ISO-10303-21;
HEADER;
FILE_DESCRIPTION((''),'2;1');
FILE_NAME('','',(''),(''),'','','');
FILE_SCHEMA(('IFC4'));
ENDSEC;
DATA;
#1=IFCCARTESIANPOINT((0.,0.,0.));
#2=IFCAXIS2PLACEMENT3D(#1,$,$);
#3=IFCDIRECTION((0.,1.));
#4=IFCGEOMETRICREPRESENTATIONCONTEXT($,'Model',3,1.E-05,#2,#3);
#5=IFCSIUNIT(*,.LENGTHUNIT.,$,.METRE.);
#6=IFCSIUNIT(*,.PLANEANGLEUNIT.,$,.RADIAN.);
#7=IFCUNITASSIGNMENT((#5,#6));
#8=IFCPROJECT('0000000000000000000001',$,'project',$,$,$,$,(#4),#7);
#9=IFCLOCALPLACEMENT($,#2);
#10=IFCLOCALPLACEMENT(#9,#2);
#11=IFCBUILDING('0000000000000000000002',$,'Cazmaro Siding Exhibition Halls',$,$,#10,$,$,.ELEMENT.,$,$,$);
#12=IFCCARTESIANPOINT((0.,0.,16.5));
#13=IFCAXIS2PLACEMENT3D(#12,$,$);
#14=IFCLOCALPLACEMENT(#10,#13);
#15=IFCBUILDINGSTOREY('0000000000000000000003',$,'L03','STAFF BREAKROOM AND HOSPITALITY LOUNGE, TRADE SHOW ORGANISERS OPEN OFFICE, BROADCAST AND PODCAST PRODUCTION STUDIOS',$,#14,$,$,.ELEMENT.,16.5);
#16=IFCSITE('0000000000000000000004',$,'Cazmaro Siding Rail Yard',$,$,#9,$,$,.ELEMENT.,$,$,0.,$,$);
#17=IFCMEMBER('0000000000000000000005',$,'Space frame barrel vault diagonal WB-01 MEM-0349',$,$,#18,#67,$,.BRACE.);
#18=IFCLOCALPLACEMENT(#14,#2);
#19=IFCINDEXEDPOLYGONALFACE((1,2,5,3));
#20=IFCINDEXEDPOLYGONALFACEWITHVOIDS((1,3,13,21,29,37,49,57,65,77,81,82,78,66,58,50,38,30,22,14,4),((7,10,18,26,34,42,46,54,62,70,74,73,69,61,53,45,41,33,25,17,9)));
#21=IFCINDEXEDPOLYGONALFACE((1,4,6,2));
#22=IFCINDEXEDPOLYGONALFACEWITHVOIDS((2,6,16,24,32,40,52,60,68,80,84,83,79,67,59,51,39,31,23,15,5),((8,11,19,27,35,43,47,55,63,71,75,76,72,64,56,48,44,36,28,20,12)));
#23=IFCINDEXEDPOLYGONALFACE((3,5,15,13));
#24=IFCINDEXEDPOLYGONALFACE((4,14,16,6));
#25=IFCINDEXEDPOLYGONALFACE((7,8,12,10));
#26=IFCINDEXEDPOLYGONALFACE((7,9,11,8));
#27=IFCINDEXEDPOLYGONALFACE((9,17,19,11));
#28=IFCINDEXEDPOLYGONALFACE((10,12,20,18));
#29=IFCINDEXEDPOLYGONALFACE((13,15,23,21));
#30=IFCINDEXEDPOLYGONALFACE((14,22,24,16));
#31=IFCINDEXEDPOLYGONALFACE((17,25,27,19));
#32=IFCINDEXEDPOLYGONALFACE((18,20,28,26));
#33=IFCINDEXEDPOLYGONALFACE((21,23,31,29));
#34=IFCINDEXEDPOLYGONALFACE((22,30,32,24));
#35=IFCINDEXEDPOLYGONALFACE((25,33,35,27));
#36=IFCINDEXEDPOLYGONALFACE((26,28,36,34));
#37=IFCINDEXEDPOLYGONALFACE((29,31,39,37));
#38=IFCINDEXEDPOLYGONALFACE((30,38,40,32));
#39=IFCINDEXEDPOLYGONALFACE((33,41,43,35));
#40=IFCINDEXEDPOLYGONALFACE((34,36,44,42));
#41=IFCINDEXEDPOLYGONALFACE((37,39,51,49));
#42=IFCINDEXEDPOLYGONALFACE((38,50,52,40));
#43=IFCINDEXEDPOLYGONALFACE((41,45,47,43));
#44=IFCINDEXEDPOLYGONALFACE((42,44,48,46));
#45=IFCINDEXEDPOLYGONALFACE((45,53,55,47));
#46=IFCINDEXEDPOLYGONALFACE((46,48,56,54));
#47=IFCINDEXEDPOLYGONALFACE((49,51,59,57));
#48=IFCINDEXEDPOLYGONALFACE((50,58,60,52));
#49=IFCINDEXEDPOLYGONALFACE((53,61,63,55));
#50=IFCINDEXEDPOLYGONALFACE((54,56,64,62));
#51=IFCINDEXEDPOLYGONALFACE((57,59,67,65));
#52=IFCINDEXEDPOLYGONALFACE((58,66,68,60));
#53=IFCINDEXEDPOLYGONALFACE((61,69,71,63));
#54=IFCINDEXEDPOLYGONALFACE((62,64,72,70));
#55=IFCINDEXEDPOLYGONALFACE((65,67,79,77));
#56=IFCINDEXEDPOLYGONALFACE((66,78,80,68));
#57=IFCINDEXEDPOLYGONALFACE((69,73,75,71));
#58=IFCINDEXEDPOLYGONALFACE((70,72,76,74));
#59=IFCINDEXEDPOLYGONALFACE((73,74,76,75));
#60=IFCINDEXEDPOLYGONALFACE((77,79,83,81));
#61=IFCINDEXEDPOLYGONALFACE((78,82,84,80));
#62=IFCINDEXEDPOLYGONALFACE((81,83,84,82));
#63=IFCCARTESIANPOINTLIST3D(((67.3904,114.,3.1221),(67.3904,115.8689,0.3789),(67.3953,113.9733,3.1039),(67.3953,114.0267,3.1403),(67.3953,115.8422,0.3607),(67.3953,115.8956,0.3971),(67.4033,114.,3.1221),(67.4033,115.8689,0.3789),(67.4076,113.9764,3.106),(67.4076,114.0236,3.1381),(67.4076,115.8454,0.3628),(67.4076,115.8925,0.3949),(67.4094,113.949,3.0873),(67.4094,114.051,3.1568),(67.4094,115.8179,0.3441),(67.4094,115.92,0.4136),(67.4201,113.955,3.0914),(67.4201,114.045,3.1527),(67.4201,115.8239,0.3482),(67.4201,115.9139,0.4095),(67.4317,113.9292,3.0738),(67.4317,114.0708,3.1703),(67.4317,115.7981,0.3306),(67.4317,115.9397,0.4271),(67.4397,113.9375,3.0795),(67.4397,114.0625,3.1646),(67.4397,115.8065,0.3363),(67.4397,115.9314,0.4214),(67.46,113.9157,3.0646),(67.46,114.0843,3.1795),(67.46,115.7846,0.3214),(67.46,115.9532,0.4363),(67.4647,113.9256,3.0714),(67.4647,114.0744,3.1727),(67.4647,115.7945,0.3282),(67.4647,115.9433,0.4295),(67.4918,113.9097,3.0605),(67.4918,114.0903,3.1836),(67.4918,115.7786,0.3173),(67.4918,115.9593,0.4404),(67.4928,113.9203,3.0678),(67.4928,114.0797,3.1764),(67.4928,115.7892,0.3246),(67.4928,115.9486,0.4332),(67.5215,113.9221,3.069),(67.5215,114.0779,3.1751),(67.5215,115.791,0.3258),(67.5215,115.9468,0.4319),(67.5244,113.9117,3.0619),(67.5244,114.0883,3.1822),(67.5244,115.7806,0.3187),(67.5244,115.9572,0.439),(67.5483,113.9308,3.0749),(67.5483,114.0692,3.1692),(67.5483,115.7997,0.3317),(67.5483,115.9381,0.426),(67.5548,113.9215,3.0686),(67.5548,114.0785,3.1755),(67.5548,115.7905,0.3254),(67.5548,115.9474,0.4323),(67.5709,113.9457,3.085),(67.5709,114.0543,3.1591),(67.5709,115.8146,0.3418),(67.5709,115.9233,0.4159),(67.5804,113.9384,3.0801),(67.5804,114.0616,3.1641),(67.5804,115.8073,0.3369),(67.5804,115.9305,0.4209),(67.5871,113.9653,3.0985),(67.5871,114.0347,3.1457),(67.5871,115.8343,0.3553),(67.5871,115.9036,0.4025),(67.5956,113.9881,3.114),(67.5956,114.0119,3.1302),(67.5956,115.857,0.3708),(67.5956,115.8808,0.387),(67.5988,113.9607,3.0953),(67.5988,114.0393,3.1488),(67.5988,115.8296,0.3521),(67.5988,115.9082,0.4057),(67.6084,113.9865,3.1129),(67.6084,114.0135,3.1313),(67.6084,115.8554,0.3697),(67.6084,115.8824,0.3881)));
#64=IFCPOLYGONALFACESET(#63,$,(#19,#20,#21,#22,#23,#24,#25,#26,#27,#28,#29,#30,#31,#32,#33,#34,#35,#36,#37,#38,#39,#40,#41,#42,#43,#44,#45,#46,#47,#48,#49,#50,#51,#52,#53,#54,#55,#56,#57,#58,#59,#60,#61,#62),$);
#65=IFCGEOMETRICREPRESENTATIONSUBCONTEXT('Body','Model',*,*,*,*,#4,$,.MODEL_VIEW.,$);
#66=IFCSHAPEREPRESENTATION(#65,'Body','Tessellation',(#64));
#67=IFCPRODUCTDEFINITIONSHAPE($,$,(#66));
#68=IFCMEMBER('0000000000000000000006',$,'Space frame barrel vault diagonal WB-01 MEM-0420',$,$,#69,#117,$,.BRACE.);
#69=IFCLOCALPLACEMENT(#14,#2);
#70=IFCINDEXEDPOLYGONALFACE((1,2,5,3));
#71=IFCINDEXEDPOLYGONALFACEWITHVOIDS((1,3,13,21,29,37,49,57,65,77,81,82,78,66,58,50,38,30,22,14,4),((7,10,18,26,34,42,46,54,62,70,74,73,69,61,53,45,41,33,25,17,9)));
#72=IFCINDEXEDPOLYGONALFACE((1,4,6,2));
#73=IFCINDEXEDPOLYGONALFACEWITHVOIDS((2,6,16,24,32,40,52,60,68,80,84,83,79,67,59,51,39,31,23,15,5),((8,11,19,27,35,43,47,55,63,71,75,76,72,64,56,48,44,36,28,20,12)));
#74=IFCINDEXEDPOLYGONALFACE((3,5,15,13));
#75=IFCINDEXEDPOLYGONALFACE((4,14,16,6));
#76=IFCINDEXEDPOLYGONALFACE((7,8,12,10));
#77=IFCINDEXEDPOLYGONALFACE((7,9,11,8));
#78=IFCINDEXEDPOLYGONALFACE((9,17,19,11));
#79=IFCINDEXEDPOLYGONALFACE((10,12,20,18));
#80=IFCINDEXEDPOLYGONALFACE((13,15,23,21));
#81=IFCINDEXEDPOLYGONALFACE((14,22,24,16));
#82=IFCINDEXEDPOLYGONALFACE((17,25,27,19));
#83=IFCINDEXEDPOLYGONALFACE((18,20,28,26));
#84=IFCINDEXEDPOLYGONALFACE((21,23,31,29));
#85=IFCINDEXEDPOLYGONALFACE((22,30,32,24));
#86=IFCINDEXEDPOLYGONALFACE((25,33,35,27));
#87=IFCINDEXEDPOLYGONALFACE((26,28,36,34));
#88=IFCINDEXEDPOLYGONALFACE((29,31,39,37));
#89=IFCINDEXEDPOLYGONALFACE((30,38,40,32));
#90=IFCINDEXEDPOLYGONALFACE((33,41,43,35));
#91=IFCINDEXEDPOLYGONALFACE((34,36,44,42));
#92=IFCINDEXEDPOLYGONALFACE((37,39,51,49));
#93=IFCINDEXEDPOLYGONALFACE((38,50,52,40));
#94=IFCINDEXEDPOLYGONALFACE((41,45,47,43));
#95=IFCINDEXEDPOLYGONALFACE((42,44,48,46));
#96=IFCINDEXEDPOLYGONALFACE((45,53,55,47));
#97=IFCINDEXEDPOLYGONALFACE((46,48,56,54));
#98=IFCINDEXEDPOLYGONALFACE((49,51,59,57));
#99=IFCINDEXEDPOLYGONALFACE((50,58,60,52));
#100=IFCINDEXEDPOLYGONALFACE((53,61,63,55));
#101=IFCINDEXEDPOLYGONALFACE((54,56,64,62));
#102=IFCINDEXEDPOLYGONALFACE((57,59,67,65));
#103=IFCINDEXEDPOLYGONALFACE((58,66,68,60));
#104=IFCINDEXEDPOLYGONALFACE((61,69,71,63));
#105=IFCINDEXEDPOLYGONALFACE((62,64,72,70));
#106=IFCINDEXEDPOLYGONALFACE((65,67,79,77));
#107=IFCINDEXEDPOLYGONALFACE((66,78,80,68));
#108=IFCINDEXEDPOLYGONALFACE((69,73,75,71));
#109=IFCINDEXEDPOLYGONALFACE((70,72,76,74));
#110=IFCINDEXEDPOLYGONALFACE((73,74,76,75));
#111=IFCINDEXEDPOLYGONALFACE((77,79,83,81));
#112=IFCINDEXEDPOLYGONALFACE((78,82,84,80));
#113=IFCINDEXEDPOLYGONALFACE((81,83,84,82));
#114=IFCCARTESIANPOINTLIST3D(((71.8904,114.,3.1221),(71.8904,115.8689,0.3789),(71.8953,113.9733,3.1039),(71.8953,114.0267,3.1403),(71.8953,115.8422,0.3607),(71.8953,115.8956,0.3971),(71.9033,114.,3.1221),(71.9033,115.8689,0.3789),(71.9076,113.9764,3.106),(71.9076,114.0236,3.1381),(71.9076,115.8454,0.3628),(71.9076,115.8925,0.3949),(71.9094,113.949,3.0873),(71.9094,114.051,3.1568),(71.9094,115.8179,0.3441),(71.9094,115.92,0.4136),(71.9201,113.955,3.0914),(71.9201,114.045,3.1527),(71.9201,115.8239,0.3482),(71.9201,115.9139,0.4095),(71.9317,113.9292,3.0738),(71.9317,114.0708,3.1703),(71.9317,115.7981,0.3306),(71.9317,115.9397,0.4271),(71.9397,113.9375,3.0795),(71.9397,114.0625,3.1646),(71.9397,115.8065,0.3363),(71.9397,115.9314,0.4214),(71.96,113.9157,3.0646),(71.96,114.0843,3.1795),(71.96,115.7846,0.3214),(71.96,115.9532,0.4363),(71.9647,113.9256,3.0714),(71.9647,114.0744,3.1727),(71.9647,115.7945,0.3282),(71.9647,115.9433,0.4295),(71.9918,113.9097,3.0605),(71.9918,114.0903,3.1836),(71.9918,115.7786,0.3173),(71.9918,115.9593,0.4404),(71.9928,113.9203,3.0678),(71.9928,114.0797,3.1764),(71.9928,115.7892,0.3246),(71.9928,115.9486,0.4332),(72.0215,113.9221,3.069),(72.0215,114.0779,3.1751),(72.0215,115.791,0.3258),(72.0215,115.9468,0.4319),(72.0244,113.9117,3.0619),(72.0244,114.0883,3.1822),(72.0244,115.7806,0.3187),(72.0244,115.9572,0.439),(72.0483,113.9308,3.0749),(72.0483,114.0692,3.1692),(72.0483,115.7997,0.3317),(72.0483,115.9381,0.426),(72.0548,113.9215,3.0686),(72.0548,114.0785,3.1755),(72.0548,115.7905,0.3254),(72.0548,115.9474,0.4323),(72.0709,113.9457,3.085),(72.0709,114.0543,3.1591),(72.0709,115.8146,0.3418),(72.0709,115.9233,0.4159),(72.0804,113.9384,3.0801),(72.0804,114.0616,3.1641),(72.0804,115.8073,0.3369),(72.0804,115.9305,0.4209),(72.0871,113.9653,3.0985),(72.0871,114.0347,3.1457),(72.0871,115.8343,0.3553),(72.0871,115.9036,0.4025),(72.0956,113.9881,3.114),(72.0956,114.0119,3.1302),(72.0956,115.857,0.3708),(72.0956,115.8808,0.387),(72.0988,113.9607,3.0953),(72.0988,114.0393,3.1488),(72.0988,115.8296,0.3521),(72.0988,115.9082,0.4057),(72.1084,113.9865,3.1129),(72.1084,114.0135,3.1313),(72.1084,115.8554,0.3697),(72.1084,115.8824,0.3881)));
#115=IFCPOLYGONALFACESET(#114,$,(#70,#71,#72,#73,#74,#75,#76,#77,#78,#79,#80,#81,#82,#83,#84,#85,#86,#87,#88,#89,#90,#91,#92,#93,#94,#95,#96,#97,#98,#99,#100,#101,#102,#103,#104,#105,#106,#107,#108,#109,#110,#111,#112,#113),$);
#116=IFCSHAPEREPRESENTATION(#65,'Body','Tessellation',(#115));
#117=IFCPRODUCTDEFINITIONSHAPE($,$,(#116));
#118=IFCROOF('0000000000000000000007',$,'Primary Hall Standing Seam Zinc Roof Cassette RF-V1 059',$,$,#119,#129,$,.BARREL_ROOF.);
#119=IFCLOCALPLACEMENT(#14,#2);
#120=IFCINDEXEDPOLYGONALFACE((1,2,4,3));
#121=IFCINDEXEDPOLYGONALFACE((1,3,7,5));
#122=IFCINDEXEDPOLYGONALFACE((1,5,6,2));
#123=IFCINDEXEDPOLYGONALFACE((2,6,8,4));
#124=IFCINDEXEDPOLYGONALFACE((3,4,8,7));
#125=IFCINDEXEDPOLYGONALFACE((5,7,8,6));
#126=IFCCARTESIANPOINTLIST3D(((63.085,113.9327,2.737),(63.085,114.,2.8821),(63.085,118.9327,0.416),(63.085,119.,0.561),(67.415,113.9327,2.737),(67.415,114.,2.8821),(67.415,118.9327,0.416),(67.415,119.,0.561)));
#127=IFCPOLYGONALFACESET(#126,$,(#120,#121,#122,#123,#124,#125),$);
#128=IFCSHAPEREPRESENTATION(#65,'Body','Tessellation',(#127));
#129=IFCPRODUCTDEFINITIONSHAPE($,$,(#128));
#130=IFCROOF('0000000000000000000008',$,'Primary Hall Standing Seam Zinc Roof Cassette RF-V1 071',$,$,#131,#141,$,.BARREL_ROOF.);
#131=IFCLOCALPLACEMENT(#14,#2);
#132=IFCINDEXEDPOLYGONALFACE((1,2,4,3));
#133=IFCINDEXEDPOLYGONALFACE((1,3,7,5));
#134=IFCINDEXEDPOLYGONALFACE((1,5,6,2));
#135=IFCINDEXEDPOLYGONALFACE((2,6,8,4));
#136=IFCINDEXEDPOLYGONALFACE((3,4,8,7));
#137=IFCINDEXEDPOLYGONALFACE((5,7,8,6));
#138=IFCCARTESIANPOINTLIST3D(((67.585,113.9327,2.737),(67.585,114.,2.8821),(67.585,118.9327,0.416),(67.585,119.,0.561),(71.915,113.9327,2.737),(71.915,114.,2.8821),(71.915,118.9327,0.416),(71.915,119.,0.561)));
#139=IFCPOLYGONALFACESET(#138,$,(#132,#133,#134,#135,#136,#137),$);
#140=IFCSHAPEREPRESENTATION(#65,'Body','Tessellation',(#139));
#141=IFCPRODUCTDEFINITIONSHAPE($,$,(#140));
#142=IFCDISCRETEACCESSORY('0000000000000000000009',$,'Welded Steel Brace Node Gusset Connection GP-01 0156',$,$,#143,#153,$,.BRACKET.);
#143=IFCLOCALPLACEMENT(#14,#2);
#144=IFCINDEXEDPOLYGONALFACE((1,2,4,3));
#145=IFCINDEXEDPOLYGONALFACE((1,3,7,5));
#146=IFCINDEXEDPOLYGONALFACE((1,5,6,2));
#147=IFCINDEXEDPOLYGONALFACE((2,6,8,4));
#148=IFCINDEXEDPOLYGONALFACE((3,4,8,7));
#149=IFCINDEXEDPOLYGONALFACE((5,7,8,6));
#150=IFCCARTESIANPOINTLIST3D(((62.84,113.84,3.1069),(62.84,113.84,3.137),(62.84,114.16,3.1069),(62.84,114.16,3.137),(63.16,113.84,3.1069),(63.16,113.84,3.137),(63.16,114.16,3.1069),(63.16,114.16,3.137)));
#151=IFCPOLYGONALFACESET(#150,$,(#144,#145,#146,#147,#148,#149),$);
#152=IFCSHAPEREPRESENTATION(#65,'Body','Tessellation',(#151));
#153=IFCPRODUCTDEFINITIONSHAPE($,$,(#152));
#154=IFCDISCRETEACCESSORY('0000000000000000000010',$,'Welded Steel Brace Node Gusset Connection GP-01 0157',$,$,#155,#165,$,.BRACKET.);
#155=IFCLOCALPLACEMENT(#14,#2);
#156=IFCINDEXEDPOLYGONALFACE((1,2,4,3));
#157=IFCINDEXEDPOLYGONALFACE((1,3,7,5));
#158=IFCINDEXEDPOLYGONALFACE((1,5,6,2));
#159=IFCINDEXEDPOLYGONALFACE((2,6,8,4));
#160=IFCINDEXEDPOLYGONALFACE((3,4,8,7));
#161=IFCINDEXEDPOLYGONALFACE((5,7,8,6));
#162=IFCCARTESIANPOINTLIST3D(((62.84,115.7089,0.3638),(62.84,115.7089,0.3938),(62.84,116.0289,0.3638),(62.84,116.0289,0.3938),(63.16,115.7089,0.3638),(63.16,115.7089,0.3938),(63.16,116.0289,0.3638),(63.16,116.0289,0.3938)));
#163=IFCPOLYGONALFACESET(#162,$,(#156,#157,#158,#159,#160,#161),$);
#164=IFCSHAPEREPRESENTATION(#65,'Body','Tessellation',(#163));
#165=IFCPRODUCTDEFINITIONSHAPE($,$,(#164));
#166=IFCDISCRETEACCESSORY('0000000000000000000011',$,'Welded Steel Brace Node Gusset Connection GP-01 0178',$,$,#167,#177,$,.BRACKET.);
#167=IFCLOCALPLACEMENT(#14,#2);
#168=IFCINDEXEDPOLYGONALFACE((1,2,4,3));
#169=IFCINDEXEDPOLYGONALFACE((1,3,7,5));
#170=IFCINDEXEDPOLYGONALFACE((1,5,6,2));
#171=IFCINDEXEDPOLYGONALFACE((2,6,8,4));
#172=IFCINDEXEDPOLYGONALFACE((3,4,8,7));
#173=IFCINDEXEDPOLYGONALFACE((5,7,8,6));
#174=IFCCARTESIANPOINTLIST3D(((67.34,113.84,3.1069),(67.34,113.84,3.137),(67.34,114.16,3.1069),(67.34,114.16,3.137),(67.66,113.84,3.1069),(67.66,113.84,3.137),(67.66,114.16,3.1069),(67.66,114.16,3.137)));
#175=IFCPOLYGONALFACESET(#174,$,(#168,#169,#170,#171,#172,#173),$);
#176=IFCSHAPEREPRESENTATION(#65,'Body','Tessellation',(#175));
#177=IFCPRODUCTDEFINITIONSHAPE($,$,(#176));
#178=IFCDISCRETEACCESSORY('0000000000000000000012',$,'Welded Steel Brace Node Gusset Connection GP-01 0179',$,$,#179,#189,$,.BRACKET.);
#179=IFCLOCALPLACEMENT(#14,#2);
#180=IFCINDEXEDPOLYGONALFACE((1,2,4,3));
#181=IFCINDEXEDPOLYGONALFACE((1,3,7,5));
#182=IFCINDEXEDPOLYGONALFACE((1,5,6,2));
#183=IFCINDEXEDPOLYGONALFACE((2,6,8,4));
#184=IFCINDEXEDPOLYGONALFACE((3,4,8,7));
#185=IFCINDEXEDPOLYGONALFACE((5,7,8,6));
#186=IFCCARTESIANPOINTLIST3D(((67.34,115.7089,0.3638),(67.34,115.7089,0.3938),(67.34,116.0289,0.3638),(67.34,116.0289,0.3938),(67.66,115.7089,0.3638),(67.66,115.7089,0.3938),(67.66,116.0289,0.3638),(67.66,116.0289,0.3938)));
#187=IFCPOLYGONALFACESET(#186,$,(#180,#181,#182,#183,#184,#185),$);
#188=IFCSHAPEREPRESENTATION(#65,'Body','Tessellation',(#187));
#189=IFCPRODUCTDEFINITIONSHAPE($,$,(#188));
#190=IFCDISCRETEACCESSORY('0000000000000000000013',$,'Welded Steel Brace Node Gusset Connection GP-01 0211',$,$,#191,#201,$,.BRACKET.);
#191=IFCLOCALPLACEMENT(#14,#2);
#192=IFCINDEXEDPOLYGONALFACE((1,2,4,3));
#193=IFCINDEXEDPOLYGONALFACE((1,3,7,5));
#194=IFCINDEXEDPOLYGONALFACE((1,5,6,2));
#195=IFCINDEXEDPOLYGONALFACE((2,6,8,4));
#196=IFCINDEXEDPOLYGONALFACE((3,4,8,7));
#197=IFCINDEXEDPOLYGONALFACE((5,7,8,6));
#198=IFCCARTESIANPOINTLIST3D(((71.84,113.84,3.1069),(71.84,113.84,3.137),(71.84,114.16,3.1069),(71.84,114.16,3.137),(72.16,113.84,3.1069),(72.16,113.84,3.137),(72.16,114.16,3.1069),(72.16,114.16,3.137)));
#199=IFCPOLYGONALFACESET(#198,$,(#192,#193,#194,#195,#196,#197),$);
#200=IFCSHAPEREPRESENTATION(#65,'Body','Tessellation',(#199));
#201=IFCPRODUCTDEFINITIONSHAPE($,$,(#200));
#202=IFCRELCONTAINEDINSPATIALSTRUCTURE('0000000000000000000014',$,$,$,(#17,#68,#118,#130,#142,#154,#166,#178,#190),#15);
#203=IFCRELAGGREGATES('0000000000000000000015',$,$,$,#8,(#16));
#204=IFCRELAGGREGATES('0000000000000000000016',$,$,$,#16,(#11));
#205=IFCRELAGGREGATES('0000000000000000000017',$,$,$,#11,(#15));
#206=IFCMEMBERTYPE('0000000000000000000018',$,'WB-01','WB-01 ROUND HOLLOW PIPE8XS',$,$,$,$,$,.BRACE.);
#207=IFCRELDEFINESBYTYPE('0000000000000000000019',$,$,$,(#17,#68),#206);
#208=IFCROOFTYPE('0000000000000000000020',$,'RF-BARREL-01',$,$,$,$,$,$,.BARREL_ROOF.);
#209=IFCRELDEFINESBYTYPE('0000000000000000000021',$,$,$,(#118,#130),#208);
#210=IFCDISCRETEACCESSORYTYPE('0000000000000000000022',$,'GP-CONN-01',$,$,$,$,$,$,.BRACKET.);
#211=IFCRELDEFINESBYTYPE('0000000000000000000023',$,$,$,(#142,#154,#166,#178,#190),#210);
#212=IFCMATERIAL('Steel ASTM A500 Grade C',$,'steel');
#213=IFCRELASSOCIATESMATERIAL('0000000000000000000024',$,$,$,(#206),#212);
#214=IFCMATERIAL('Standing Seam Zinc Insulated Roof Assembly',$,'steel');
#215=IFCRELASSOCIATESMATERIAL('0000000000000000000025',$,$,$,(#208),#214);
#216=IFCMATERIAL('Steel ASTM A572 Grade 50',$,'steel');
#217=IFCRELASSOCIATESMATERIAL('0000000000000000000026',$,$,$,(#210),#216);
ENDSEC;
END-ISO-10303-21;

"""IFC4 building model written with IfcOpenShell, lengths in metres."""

from ifc_helpers import new_model, si_unit, direction, frame, origin, origin_2d, place, context, subcontext, project, spatial, polyline, rectangle, hollow_circle, outline, extrude, material, material_profile, profile_set, type_object, element, save


model = new_model("IFC4")

# Units and contexts
model_context = context("Model", 3, precision=1e-05, world=origin(), true_north=direction((0.0, 1.0)))
body_context = subcontext(model_context, "Body", "Model", "MODEL_VIEW")
ifc_project = project(units=[si_unit("LENGTHUNIT", "METRE"), si_unit("PLANEANGLEUNIT", "RADIAN")], contexts=[model_context])

# Site, building, storey
site_placement = place(None, origin())
site = spatial("IfcSite", under=ifc_project, at=site_placement, Name="Cazmaro Siding Rail Yard", CompositionType="ELEMENT", RefElevation=0.0)
building_placement = place(site_placement, origin())
building = spatial("IfcBuilding", under=site, at=building_placement, Name="Cazmaro Siding Exhibition Halls", CompositionType="ELEMENT")
storey_placement = place(building_placement, frame((0.0, 0.0, 16.5)))
storey = spatial("IfcBuildingStorey", under=building, at=storey_placement, Name="L03", Description="STAFF BREAKROOM AND HOSPITALITY LOUNGE, TRADE SHOW ORGANISERS OPEN OFFICE, BROADCAST AND PODCAST PRODUCTION STUDIOS", CompositionType="ELEMENT", Elevation=16.5)

# Members
ifc_material_1 = material(Name="Steel ASTM A500 Grade C", Category="steel")
ifc_material_profile_1 = material_profile(ifc_material_1, hollow_circle(Radius=0.1096, WallThickness=0.0129, at=origin_2d()), Name="PIPE8XS")
ifc_profile_set_1 = profile_set([ifc_material_profile_1], Name="Steel ASTM A500 Grade C")
member_type_1 = type_object("IfcMemberType", Name="WB-01", Description="WB-01 ROUND HOLLOW PIPE8XS", PredefinedType="BRACE", material=ifc_profile_set_1)
for number, where, z_axis, x_axis, name in (
    (1, (67.5, 114.0, 3.1221), (0.0, 0.56304, -0.82643), (-1.0, 0.0, 0.0), "Space frame barrel vault diagonal WB-01 MEM-0349"),
    (2, (72.0, 114.0, 3.1221), (0.0, 0.56304, -0.82643), (-1.0, 0.0, 0.0), "Space frame barrel vault diagonal WB-01 MEM-0420"),
):
    element("IfcMember", number, at=place(storey_placement, frame(where, z_axis=z_axis, x_axis=x_axis)), inside=storey, type_object=member_type_1, Name=name, PredefinedType="BRACE", context=body_context, shape_type="SweptSolid", body=[
        extrude(hollow_circle(Radius=0.1096, WallThickness=0.0129, at=origin_2d()), origin(), (0.0, 0.0, 1.0), 3.3193),
    ])

# Roofs
ifc_material_2 = material(Name="Standing Seam Zinc Insulated Roof Assembly", Category="steel")
roof_type = type_object("IfcRoofType", Name="RF-BARREL-01", PredefinedType="BARREL_ROOF", material=ifc_material_2)
for number, where, z_axis, x_axis, name in (
    (3, (63.085, 114.0, 2.8821), (0.0, 0.421054, 0.907036), (1.0, 0.0, 0.0), "Primary Hall Standing Seam Zinc Roof Cassette RF-V1 059"),
    (4, (67.585, 114.0, 2.8821), (0.0, 0.421054, 0.907036), (1.0, 0.0, 0.0), "Primary Hall Standing Seam Zinc Roof Cassette RF-V1 071"),
):
    element("IfcRoof", number, at=place(storey_placement, frame(where, z_axis=z_axis, x_axis=x_axis)), inside=storey, type_object=roof_type, Name=name, PredefinedType="BARREL_ROOF", context=body_context, shape_type="SweptSolid", body=[
        extrude(outline(polyline([(0.0, 0.0), (4.3301, 0.0), (4.3301, 5.5125), (0.0, 5.5125), (0.0, 0.0)])), origin(), (0.0, 0.0, -1.0), 0.1599),
    ])

# Discrete accessories
ifc_material_3 = material(Name="Steel ASTM A572 Grade 50", Category="steel")
discrete_accessory_type = type_object("IfcDiscreteAccessoryType", Name="GP-CONN-01", PredefinedType="BRACKET", material=ifc_material_3)
for number, where, z_axis, x_axis, name in (
    (5, (63.0, 114.0, 3.1069), (0.0, 0.0, 1.0), (1.0, 0.0, 0.0), "Welded Steel Brace Node Gusset Connection GP-01 0156"),
    (6, (63.0, 115.8689, 0.3638), (0.0, 0.0, 1.0), (1.0, 0.0, 0.0), "Welded Steel Brace Node Gusset Connection GP-01 0157"),
    (7, (67.5, 114.0, 3.1069), (0.0, 0.0, 1.0), (1.0, 0.0, 0.0), "Welded Steel Brace Node Gusset Connection GP-01 0178"),
    (8, (67.5, 115.8689, 0.3638), (0.0, 0.0, 1.0), (1.0, 0.0, 0.0), "Welded Steel Brace Node Gusset Connection GP-01 0179"),
    (9, (72.0, 114.0, 3.1069), (0.0, 0.0, 1.0), (1.0, 0.0, 0.0), "Welded Steel Brace Node Gusset Connection GP-01 0211"),
):
    element("IfcDiscreteAccessory", number, at=place(storey_placement, frame(where, z_axis=z_axis, x_axis=x_axis)), inside=storey, type_object=discrete_accessory_type, Name=name, PredefinedType="BRACKET", context=body_context, shape_type="SweptSolid", body=[
        extrude(rectangle(XDim=0.3201, YDim=0.3201, at=origin_2d()), origin(), (0.0, 0.0, 1.0), 0.03),
    ])

save(model, "model.ifc")
